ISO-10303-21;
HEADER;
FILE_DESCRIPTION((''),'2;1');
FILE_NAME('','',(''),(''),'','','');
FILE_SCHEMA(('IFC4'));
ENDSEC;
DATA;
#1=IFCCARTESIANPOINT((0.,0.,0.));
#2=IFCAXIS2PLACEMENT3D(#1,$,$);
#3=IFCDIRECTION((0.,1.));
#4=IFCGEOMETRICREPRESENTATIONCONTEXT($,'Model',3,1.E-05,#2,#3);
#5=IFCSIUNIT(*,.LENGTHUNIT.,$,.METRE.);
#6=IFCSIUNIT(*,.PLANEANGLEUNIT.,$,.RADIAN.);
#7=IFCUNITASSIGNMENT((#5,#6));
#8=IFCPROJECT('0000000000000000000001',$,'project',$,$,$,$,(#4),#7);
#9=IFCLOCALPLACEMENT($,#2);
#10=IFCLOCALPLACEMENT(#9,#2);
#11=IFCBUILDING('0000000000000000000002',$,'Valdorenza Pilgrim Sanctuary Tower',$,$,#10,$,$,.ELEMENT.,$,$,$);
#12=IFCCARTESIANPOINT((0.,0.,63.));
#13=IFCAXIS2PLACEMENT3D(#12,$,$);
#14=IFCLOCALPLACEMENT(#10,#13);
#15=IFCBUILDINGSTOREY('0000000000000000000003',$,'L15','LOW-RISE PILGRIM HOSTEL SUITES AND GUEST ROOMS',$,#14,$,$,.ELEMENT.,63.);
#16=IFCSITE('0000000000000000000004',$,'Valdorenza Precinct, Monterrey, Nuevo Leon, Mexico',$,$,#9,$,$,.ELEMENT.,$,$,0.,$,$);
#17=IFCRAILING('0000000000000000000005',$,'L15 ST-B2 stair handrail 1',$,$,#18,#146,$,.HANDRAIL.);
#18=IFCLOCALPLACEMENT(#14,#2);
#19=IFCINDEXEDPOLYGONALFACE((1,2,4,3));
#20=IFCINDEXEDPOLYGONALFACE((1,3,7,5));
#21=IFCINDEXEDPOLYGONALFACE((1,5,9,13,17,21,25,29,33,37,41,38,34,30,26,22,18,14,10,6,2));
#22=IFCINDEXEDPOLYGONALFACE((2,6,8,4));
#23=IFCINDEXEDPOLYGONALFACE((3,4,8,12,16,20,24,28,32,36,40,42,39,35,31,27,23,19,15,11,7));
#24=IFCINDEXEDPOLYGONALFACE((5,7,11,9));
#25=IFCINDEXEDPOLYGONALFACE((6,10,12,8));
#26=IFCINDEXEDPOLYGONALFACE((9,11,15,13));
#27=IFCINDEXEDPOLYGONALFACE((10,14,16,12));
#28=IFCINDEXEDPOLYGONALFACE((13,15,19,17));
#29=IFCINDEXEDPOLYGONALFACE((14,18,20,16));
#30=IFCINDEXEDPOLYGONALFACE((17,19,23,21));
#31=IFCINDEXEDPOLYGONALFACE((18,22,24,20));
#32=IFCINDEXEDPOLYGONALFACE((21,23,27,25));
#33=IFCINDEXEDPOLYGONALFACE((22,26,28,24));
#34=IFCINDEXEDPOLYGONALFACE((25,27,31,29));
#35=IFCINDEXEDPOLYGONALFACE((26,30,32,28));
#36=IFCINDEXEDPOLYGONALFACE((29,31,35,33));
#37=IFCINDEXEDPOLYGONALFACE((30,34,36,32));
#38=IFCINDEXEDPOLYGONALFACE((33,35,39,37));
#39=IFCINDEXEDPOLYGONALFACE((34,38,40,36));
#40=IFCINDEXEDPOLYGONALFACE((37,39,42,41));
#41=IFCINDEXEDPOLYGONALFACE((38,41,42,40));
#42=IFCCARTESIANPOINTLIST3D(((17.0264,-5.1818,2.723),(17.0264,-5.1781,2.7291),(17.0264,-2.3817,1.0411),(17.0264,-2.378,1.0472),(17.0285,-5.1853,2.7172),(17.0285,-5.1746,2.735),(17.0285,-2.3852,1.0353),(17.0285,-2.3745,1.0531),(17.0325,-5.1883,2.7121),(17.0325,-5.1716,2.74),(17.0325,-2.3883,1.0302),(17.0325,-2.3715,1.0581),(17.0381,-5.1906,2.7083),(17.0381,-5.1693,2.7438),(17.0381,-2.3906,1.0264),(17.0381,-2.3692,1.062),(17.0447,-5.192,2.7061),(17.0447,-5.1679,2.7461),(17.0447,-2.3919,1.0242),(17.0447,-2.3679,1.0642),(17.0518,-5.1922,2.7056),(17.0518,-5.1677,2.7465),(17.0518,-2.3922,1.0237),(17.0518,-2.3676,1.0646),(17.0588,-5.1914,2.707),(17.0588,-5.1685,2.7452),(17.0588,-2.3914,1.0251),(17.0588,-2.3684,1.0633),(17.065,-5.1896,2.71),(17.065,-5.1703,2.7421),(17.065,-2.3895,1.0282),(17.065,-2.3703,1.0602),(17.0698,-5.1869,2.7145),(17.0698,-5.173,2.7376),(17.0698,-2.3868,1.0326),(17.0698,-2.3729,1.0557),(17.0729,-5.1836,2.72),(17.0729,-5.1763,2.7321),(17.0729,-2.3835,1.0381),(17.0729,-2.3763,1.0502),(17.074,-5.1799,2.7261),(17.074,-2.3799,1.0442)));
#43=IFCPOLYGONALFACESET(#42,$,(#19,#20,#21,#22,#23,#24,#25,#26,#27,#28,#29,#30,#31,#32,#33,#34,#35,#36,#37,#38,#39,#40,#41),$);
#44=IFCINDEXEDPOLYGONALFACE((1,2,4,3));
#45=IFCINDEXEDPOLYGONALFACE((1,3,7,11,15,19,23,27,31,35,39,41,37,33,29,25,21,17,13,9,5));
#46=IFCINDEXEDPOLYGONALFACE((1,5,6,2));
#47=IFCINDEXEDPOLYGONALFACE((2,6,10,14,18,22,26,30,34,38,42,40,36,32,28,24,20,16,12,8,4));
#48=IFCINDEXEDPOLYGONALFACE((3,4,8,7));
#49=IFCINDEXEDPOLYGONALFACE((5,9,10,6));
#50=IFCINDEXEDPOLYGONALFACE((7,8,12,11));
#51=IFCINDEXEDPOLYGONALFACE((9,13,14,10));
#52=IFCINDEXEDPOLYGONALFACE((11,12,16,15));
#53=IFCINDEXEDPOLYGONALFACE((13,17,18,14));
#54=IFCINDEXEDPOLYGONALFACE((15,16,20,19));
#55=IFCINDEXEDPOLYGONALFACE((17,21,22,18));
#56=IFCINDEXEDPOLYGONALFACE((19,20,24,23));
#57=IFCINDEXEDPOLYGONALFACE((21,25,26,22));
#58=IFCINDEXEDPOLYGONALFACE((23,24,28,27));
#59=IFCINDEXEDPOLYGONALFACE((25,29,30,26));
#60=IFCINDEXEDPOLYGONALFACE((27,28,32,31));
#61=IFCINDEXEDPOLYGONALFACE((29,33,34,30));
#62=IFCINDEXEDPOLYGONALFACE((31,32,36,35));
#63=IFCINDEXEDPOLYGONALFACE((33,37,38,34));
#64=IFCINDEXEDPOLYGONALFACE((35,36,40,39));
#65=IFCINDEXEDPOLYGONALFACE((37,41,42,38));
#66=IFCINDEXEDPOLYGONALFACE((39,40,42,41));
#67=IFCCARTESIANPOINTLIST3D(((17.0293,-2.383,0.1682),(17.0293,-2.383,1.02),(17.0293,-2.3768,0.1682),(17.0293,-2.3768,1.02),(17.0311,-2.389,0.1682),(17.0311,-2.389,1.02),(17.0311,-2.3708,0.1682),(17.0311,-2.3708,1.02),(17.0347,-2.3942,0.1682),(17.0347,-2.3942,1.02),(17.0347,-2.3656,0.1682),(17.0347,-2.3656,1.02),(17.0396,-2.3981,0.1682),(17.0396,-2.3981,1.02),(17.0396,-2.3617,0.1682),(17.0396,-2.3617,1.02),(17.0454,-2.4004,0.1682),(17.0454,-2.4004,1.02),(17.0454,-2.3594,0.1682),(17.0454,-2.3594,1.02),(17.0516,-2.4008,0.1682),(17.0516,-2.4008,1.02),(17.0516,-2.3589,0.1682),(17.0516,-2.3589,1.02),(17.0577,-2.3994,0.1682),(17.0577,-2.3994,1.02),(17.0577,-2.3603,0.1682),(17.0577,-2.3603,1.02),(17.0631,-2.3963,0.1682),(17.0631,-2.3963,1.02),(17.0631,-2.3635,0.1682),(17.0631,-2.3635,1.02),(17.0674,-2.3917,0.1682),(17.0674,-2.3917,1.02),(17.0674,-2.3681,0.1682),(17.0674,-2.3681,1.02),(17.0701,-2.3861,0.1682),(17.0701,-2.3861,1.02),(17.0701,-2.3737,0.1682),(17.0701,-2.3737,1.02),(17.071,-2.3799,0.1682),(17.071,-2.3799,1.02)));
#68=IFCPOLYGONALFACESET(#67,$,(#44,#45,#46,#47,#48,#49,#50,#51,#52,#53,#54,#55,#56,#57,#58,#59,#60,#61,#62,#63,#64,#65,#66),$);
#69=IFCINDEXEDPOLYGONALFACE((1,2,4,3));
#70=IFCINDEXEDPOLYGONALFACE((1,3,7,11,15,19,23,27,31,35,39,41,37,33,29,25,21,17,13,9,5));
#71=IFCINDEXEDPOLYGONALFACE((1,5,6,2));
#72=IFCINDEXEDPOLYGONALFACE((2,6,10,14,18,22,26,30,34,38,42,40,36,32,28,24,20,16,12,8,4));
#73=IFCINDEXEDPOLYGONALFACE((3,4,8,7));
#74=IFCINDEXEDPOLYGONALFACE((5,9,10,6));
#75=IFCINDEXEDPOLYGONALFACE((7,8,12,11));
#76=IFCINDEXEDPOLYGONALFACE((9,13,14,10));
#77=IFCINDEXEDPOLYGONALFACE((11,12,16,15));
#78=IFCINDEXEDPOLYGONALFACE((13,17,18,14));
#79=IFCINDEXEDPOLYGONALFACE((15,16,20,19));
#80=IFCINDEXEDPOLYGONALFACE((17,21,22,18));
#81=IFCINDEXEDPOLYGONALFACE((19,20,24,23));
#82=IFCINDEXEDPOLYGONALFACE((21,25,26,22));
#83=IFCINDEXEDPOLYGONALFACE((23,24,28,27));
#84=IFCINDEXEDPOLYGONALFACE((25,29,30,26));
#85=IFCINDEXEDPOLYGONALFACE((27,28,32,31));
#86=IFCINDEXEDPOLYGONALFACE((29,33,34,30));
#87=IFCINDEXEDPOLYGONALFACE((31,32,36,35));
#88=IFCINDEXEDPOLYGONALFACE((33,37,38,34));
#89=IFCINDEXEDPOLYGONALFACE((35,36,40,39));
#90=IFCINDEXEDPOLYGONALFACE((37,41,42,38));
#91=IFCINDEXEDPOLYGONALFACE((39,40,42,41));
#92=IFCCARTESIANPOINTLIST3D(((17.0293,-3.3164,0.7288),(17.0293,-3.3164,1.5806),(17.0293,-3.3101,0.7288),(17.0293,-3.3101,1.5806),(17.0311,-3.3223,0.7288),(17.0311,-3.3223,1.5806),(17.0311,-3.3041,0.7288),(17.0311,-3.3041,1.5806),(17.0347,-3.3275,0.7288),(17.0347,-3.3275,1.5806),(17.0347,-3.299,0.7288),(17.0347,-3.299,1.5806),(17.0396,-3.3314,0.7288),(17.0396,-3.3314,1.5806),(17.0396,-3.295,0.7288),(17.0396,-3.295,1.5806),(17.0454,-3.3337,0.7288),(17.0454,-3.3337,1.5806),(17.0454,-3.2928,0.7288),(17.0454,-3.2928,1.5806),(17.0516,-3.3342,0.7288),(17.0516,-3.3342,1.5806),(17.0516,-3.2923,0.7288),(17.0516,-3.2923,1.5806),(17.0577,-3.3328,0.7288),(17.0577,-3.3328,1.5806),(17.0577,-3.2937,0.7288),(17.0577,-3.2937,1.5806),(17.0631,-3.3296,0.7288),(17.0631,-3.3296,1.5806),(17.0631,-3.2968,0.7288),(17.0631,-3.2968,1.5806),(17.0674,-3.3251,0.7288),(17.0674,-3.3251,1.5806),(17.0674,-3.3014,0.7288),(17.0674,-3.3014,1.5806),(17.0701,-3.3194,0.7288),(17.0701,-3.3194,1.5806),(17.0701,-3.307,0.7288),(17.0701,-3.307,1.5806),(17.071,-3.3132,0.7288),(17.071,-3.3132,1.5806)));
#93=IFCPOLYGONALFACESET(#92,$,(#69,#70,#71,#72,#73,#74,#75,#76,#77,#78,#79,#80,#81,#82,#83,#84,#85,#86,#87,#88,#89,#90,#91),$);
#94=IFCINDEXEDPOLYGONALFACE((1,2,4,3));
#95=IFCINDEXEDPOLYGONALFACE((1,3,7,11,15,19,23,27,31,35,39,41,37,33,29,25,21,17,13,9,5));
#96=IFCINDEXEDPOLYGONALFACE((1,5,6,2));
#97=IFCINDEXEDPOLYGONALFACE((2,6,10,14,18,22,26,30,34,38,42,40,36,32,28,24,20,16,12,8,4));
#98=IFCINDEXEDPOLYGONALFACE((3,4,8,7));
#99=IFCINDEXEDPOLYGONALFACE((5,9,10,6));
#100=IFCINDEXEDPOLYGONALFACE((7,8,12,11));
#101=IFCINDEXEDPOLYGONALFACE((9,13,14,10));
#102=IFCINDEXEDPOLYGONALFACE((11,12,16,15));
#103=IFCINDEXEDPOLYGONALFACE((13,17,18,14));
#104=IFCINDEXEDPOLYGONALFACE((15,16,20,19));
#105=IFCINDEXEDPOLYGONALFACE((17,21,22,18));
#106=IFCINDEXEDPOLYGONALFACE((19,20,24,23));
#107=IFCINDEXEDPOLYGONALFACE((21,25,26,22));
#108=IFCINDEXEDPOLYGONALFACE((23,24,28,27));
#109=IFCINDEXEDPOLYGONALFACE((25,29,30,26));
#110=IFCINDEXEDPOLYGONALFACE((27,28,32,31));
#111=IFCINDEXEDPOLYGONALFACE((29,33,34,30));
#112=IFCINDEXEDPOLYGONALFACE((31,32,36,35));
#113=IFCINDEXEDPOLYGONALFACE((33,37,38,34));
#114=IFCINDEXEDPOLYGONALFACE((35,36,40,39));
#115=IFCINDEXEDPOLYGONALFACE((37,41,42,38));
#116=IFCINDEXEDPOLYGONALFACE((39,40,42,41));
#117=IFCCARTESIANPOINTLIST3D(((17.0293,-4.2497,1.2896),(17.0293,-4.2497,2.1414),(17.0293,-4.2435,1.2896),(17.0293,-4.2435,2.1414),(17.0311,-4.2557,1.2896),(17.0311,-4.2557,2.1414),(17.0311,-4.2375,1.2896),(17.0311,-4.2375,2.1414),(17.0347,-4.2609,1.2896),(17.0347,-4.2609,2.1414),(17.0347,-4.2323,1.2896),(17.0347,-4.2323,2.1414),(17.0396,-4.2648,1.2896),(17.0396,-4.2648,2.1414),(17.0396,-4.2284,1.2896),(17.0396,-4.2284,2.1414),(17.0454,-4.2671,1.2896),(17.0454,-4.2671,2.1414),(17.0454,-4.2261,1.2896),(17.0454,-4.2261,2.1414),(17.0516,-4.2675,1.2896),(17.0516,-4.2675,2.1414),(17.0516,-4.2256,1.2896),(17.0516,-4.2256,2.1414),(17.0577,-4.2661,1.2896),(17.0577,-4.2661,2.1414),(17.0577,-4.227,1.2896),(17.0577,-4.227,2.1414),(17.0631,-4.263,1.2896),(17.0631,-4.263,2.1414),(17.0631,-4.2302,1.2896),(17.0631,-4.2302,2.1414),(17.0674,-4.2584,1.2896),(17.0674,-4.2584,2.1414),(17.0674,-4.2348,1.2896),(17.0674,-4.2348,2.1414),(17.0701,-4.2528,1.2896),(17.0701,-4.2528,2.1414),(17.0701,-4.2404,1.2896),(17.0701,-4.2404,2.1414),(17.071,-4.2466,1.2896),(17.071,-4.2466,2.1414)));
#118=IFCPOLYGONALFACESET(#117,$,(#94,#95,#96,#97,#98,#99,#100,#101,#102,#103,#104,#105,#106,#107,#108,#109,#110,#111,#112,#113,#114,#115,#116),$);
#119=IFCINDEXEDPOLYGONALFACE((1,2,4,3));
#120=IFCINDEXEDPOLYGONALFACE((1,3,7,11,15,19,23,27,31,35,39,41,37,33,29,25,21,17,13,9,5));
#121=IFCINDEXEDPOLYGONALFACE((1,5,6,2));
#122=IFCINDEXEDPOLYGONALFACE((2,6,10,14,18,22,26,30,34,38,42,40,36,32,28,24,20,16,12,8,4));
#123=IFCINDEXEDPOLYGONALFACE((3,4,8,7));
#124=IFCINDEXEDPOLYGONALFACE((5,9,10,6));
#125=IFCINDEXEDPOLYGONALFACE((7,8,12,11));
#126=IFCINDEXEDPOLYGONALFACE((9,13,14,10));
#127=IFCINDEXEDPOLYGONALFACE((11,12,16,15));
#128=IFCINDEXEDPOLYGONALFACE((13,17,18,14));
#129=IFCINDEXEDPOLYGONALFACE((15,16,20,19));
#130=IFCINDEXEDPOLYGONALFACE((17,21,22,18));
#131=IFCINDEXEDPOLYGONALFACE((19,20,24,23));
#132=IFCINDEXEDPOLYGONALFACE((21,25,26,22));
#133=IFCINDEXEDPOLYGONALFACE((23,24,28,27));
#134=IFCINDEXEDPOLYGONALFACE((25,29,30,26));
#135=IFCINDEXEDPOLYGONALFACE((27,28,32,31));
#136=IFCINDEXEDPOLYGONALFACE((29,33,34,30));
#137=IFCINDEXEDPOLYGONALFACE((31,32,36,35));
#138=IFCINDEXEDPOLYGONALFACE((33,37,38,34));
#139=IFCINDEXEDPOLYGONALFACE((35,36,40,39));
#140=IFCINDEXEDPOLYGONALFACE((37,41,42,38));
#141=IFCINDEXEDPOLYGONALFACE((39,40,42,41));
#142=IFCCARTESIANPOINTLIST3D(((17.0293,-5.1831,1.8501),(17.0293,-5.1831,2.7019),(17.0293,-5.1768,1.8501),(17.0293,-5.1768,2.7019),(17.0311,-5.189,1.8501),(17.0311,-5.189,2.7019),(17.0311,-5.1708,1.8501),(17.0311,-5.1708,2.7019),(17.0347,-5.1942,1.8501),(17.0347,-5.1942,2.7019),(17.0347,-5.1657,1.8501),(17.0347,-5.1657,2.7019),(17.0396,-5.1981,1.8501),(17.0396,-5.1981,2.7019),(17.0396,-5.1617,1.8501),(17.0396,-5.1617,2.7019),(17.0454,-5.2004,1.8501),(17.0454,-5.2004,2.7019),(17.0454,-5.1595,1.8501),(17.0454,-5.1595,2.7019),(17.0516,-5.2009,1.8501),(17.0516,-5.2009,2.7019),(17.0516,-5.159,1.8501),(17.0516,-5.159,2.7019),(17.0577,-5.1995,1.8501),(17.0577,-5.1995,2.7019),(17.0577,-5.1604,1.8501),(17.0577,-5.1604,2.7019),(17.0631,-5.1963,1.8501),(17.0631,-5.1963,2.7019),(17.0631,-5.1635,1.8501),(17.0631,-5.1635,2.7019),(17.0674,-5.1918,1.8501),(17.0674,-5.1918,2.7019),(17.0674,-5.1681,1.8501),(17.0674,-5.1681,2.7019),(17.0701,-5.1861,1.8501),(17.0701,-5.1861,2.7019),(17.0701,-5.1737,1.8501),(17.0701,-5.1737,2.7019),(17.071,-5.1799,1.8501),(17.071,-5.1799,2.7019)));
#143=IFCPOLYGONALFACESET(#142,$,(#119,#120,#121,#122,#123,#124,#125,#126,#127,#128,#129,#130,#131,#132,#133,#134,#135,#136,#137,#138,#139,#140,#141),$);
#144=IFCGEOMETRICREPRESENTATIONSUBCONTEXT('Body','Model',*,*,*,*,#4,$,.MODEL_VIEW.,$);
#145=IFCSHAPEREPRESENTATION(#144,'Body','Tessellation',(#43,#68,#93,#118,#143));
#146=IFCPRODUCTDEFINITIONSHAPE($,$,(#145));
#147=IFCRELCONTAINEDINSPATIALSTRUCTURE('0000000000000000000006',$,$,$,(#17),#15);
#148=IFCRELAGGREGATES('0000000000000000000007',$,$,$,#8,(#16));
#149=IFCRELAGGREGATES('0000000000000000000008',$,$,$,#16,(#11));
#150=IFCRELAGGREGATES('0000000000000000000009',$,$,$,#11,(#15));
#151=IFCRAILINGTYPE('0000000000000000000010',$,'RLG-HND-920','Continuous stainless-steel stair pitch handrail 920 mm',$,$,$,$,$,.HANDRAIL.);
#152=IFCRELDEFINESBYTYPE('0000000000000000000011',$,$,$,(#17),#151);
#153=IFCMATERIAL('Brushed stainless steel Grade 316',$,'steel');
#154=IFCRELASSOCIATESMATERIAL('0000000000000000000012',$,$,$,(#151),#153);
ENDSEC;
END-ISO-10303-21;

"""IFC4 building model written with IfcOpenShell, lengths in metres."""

from ifc_helpers import new_model, si_unit, direction, frame, origin, origin_2d, place, context, subcontext, project, spatial, circle, extrude, material, type_object, element, save


model = new_model("IFC4")

# Units and contexts
model_context = context("Model", 3, precision=1e-05, world=origin(), true_north=direction((0.0, 1.0)))
body_context = subcontext(model_context, "Body", "Model", "MODEL_VIEW")
ifc_project = project(units=[si_unit("LENGTHUNIT", "METRE"), si_unit("PLANEANGLEUNIT", "RADIAN")], contexts=[model_context])

# Site, building, storey
site_placement = place(None, origin())
site = spatial("IfcSite", under=ifc_project, at=site_placement, Name="Valdorenza Precinct, Monterrey, Nuevo Leon, Mexico", CompositionType="ELEMENT", RefElevation=0.0)
building_placement = place(site_placement, origin())
building = spatial("IfcBuilding", under=site, at=building_placement, Name="Valdorenza Pilgrim Sanctuary Tower", CompositionType="ELEMENT")
storey_placement = place(building_placement, frame((0.0, 0.0, 63.0)))
storey = spatial("IfcBuildingStorey", under=building, at=storey_placement, Name="L15", Description="LOW-RISE PILGRIM HOSTEL SUITES AND GUEST ROOMS", CompositionType="ELEMENT", Elevation=63.0)

# Railing
ifc_material_1 = material(Name="Brushed stainless steel Grade 316", Category="steel")
railing_type = type_object("IfcRailingType", Name="RLG-HND-920", Description="Continuous stainless-steel stair pitch handrail 920 mm", PredefinedType="HANDRAIL", material=ifc_material_1)
railing_placement = place(storey_placement, frame((17.05, -2.3799, 0.1682)))
element("IfcRailing", 1, at=railing_placement, inside=storey, type_object=railing_type, Name="L15 ST-B2 stair handrail 1", PredefinedType="HANDRAIL", context=body_context, shape_type="SweptSolid", body=[
    extrude(circle(Radius=0.0239, at=origin_2d()), frame((0.0, 0.0, 0.876), z_axis=(0.0, -0.857242, 0.514913), x_axis=(1.0, 0.0, 0.0)), (0.0, 0.0, 1.0), 3.2664),
    extrude(circle(Radius=0.021, at=origin_2d()), origin(), (0.0, 0.0, 1.0), 0.8518),
    extrude(circle(Radius=0.021, at=origin_2d()), frame((0.0, -0.9333, 0.5605)), (0.0, 0.0, 1.0), 0.8518),
    extrude(circle(Radius=0.021, at=origin_2d()), frame((0.0, -1.8667, 1.1213)), (0.0, 0.0, 1.0), 0.8518),
    extrude(circle(Radius=0.021, at=origin_2d()), frame((0.0, -2.8, 1.6819)), (0.0, 0.0, 1.0), 0.8518),
])

save(model, "model.ifc")
